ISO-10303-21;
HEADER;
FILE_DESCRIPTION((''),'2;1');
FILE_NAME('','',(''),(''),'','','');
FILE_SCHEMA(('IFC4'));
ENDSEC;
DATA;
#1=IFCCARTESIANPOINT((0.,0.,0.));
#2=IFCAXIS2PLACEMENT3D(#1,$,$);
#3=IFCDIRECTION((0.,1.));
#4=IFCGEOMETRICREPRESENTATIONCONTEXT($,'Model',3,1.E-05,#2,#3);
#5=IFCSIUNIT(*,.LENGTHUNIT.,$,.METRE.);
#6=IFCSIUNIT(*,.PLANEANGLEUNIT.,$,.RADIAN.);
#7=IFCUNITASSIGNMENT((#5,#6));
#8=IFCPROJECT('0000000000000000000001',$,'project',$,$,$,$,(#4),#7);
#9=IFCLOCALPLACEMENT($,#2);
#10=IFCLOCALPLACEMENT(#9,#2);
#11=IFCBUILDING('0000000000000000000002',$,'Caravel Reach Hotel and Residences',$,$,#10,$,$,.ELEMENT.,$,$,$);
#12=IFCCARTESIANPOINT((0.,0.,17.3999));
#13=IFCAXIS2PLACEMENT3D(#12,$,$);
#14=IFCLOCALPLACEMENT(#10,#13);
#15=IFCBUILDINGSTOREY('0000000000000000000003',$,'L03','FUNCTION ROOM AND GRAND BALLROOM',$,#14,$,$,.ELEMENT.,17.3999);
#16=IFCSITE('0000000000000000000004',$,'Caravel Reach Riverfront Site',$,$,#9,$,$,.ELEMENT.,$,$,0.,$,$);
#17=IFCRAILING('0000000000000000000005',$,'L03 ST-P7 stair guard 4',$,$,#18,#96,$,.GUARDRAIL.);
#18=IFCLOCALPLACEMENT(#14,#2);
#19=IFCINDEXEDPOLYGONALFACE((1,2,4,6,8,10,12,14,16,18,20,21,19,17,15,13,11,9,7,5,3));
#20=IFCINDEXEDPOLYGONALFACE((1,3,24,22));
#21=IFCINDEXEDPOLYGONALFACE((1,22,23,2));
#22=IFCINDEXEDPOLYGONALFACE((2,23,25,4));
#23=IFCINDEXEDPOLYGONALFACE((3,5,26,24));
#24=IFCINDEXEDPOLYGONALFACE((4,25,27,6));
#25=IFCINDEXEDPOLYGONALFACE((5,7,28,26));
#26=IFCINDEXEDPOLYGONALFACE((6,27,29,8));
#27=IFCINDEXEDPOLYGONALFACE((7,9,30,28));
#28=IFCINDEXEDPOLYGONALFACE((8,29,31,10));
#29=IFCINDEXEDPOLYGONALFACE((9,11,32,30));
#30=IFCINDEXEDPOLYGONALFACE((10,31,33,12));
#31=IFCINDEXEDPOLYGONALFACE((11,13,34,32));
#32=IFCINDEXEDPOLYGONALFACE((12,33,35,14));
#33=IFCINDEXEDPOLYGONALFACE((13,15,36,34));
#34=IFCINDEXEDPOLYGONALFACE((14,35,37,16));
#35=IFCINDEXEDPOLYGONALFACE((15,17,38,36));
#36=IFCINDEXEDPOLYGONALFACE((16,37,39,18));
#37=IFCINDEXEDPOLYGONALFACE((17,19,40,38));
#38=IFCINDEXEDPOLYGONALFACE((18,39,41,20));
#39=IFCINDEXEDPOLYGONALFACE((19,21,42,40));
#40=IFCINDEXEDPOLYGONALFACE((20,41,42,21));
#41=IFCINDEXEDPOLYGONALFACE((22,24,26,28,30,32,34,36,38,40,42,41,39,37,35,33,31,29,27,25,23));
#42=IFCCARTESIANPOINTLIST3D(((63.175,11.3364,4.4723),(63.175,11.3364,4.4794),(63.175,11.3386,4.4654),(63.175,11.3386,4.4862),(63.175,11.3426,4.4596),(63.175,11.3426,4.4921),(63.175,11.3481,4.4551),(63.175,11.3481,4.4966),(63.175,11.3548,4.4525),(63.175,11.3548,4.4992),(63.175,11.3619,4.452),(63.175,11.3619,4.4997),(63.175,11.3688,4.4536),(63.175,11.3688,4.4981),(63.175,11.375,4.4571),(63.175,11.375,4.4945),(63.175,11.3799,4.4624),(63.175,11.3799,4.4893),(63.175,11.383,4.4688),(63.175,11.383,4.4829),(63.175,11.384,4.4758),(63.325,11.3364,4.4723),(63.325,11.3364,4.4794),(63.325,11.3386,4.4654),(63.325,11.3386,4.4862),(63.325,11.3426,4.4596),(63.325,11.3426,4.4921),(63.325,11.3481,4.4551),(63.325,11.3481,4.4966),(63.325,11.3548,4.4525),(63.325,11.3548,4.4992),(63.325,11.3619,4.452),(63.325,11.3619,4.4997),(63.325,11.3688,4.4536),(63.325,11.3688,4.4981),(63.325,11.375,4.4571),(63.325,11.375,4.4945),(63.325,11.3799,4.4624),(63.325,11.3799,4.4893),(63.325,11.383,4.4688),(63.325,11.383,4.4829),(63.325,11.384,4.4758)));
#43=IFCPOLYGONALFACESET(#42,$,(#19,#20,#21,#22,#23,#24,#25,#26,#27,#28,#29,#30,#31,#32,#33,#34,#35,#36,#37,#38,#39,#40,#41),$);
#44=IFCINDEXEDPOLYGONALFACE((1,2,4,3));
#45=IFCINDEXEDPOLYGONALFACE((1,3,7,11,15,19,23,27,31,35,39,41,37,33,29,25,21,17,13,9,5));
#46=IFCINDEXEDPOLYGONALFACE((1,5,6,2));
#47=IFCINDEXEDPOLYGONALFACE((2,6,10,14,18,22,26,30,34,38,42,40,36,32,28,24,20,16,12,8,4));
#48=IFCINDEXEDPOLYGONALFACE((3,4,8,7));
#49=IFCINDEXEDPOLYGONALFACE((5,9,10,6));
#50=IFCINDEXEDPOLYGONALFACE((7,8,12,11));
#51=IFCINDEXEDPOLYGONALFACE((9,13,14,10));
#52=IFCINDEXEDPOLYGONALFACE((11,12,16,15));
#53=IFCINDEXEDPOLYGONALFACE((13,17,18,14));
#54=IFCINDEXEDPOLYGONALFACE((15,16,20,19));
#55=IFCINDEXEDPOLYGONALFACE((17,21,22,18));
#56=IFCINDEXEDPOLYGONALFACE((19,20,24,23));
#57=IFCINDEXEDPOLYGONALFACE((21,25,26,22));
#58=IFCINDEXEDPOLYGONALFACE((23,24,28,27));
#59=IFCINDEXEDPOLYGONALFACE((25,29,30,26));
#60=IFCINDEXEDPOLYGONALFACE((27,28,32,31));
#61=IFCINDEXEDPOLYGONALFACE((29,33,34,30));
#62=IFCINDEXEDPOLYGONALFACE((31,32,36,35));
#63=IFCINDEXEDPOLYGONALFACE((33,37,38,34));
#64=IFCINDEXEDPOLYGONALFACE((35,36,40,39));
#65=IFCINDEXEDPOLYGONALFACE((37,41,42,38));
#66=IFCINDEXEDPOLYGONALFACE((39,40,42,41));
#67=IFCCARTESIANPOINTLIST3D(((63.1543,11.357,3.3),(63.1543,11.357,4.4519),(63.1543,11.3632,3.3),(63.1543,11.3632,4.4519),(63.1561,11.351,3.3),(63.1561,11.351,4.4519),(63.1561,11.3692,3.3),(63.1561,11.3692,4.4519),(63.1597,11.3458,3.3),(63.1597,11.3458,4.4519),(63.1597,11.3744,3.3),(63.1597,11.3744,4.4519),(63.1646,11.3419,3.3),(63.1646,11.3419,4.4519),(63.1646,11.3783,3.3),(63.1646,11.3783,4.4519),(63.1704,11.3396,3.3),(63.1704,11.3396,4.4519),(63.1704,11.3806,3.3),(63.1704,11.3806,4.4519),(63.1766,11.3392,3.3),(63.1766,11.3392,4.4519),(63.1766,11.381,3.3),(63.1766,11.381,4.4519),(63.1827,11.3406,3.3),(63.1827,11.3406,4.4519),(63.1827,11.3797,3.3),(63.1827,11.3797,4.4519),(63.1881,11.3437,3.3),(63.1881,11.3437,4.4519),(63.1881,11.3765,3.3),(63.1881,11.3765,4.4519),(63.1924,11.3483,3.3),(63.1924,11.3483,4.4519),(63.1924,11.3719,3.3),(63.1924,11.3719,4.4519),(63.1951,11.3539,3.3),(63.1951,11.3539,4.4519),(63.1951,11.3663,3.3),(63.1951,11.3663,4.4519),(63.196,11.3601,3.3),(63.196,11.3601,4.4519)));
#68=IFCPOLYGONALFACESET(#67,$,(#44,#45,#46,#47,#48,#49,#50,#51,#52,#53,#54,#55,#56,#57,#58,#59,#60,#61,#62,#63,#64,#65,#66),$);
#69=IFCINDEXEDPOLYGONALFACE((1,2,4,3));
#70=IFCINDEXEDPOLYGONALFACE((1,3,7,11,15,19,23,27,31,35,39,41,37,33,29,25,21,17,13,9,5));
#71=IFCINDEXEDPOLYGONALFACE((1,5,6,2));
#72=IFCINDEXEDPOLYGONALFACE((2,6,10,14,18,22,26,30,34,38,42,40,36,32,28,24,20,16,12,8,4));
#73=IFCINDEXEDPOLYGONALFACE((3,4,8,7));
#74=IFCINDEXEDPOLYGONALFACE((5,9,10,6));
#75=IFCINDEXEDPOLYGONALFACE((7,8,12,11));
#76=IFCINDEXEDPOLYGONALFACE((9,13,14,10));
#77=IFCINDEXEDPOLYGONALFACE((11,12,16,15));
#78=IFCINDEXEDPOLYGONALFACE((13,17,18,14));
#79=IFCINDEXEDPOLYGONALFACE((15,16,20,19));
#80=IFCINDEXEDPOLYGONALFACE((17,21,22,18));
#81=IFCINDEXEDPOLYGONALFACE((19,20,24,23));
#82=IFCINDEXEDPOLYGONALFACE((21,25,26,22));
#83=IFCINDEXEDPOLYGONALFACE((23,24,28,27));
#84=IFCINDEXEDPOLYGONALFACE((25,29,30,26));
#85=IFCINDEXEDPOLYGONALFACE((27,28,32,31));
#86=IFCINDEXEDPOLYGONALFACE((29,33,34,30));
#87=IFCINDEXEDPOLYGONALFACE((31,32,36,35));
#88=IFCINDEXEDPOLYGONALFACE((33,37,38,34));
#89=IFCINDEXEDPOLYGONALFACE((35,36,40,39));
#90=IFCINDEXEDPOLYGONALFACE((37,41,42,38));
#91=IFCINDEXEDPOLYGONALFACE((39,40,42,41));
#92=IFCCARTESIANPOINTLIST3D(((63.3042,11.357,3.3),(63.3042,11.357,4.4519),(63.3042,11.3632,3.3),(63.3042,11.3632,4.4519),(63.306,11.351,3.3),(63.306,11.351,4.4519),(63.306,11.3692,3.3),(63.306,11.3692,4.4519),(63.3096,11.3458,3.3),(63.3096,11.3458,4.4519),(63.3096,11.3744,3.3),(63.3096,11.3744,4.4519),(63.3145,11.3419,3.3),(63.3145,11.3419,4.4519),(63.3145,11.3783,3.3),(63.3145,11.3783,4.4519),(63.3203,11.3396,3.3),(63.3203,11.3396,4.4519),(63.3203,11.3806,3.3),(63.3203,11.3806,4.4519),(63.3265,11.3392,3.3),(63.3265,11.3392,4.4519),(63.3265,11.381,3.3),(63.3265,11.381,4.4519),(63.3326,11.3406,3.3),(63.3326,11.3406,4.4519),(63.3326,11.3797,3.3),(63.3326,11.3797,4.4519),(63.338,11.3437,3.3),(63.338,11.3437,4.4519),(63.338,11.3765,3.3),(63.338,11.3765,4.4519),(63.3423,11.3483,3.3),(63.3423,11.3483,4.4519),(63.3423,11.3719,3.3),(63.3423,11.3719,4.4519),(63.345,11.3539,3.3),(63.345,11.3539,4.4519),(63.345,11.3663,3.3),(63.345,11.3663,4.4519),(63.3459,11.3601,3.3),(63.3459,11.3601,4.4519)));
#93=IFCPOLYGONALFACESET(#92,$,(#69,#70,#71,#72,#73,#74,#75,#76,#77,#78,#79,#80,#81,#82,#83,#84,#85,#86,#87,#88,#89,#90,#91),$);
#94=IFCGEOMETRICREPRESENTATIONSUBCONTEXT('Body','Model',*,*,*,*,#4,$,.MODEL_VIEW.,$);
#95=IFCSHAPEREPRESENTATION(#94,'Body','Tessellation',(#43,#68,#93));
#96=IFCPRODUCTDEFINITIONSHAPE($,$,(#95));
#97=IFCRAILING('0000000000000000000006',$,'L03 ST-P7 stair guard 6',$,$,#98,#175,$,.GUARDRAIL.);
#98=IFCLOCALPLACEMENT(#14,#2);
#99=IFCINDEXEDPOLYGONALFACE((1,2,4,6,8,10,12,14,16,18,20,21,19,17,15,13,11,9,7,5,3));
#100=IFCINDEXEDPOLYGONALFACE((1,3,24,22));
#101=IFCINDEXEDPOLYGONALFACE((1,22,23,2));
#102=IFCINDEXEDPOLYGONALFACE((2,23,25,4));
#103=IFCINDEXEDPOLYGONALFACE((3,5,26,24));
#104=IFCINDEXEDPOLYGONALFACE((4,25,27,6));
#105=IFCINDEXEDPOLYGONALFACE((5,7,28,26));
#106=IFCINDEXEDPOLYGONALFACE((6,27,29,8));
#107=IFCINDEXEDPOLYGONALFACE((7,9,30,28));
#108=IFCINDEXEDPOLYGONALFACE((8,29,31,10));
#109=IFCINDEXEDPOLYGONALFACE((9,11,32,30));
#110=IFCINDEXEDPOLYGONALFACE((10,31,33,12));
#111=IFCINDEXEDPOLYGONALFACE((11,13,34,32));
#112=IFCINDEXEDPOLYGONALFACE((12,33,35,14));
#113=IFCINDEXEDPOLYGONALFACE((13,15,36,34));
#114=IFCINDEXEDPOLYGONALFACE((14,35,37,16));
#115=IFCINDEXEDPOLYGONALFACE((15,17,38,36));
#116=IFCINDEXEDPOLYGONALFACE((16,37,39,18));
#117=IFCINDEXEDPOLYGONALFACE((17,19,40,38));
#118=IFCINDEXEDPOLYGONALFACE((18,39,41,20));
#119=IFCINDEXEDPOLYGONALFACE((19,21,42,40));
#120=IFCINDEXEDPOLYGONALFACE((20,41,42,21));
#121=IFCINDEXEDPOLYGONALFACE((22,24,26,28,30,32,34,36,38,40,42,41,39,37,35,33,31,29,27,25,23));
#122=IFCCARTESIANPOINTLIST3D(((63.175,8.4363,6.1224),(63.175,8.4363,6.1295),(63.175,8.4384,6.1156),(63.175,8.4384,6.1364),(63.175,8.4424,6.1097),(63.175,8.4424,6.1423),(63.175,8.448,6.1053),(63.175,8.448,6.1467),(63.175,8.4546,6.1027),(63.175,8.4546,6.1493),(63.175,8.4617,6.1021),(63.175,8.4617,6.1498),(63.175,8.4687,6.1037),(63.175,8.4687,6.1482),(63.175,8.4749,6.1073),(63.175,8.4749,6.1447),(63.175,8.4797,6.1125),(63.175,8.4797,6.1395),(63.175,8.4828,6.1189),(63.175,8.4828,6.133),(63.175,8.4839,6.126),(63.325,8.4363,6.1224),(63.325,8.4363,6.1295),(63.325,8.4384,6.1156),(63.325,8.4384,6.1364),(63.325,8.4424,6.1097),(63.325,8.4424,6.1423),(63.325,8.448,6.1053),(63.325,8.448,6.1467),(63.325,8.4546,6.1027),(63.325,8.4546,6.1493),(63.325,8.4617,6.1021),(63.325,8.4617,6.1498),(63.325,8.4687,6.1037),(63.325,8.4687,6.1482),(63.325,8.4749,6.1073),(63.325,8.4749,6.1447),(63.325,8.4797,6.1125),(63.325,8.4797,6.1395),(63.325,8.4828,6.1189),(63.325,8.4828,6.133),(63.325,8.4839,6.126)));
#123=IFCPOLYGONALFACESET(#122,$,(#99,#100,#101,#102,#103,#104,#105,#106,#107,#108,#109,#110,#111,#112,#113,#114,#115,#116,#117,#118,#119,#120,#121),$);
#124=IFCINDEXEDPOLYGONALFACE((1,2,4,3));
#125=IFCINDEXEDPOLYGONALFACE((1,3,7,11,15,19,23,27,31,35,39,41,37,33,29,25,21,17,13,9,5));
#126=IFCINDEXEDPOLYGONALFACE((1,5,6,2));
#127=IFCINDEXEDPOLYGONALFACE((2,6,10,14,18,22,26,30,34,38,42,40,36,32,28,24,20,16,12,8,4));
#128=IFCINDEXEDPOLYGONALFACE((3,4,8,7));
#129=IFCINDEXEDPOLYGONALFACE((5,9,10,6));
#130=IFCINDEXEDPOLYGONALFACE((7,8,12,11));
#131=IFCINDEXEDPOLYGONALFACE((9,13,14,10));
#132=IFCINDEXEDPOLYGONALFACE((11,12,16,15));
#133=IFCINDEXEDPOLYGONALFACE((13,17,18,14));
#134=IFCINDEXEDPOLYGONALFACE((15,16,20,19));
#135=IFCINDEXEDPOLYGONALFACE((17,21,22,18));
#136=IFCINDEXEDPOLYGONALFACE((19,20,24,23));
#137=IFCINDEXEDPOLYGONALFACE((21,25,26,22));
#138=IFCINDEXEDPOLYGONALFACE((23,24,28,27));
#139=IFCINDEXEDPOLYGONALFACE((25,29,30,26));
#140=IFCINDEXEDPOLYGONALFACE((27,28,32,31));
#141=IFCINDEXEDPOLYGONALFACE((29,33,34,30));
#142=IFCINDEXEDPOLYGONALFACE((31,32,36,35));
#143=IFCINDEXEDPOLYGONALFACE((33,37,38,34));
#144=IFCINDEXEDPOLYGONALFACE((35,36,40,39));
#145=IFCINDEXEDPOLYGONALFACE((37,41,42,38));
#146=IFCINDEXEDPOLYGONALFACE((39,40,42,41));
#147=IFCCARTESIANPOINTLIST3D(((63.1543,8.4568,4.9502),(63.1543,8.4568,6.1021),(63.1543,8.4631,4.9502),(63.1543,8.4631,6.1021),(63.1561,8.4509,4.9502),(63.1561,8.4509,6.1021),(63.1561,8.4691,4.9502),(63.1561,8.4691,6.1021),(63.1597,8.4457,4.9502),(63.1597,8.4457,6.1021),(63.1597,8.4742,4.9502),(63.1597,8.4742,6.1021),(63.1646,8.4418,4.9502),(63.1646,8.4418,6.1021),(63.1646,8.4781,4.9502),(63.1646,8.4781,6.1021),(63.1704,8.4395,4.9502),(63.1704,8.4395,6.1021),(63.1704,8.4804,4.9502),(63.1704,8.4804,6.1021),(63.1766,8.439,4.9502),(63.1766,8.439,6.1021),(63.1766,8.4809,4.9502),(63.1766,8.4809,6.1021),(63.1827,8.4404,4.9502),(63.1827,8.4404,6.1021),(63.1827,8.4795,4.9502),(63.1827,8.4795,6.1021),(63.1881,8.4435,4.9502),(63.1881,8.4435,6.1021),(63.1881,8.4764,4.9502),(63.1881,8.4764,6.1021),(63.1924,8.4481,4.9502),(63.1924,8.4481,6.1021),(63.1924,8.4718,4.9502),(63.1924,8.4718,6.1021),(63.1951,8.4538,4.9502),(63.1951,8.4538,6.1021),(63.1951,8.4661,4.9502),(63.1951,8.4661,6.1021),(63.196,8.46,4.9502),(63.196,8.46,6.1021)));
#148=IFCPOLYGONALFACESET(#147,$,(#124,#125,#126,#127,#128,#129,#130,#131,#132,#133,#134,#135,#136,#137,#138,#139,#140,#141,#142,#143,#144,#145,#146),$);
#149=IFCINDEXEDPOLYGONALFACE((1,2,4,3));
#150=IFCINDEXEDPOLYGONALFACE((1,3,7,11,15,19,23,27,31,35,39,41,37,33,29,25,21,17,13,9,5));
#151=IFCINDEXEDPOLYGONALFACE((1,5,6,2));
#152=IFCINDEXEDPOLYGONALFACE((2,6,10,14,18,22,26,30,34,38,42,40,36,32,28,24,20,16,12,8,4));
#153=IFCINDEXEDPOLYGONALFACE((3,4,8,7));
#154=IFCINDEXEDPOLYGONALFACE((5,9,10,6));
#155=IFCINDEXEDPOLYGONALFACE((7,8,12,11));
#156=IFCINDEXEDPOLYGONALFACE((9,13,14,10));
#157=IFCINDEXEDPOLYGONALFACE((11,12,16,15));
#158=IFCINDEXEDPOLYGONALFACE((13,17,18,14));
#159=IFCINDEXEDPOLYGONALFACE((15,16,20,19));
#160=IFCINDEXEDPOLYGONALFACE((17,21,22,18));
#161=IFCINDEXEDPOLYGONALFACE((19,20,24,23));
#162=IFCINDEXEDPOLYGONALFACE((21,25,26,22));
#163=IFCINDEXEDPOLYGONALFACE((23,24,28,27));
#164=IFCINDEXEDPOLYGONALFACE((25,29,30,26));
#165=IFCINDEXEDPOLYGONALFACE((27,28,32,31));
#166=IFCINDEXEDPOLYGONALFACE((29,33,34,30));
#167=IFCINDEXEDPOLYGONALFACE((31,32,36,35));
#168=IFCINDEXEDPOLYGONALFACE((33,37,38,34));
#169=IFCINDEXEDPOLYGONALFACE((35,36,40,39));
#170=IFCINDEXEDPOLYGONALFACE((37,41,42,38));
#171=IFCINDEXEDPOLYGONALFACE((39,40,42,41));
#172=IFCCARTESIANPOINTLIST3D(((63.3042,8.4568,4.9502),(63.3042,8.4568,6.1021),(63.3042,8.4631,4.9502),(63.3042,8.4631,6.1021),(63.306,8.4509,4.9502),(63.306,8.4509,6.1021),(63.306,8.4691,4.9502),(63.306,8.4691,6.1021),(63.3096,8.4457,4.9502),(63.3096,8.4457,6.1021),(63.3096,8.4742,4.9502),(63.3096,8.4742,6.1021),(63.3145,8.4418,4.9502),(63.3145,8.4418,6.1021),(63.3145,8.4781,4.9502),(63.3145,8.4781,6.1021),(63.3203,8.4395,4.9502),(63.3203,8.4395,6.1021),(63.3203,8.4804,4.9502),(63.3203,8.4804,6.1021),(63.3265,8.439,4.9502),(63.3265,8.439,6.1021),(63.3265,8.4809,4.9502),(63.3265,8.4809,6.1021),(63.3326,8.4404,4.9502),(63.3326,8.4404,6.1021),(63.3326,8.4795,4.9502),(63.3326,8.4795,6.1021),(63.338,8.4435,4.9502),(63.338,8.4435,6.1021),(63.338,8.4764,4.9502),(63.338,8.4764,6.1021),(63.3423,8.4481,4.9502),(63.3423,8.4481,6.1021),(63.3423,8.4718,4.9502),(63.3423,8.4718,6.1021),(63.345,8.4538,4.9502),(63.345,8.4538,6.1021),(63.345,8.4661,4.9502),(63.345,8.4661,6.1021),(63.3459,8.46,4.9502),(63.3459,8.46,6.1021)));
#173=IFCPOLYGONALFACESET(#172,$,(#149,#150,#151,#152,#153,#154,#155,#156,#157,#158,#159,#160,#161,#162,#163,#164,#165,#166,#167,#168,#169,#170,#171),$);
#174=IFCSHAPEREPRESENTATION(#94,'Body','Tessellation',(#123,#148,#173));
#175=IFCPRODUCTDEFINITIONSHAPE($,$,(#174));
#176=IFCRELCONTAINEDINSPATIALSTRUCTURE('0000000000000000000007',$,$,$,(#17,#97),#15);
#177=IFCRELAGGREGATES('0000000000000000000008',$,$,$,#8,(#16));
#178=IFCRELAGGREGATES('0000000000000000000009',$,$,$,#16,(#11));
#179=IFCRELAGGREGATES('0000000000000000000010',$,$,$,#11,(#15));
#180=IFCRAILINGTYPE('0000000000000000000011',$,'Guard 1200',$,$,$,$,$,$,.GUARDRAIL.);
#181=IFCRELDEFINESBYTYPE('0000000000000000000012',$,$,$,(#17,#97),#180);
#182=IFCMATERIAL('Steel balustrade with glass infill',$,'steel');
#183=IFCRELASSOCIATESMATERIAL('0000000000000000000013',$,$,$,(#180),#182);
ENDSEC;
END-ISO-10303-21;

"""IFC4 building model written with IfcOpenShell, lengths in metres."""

from ifc_helpers import new_model, si_unit, direction, frame, origin, origin_2d, place, context, subcontext, project, spatial, circle, extrude, material, type_object, element, save


model = new_model("IFC4")

# Units and contexts
model_context = context("Model", 3, precision=1e-05, world=origin(), true_north=direction((0.0, 1.0)))
body_context = subcontext(model_context, "Body", "Model", "MODEL_VIEW")
ifc_project = project(units=[si_unit("LENGTHUNIT", "METRE"), si_unit("PLANEANGLEUNIT", "RADIAN")], contexts=[model_context])

# Site, building, storey
site_placement = place(None, origin())
site = spatial("IfcSite", under=ifc_project, at=site_placement, Name="Caravel Reach Riverfront Site", CompositionType="ELEMENT", RefElevation=0.0)
building_placement = place(site_placement, origin())
building = spatial("IfcBuilding", under=site, at=building_placement, Name="Caravel Reach Hotel and Residences", CompositionType="ELEMENT")
storey_placement = place(building_placement, frame((0.0, 0.0, 17.3999)))
storey = spatial("IfcBuildingStorey", under=building, at=storey_placement, Name="L03", Description="FUNCTION ROOM AND GRAND BALLROOM", CompositionType="ELEMENT", Elevation=17.3999)

# Railings
ifc_material_1 = material(Name="Steel balustrade with glass infill", Category="steel")
railing_type_1 = type_object("IfcRailingType", Name="Guard 1200", PredefinedType="GUARDRAIL", material=ifc_material_1)
for number, where, name in (
    (1, (63.175, 11.3601, 3.3), "L03 ST-P7 stair guard 4"),
    (2, (63.175, 8.46, 4.9502), "L03 ST-P7 stair guard 6"),
):
    element("IfcRailing", number, at=place(storey_placement, frame(where)), inside=storey, type_object=railing_type_1, Name=name, PredefinedType="GUARDRAIL", context=body_context, shape_type="SweptSolid", body=[
        extrude(circle(Radius=0.0239, at=origin_2d()), frame((0.0, 0.0, 1.1758), z_axis=(1.0, 0.0, 0.0), x_axis=(0.0, 1.0, 0.0)), (0.0, 0.0, 1.0), 0.1499),
        extrude(circle(Radius=0.021, at=origin_2d()), origin(), (0.0, 0.0, 1.0), 1.1519),
        extrude(circle(Radius=0.021, at=origin_2d()), frame((0.1499, 0.0, 0.0)), (0.0, 0.0, 1.0), 1.1519),
    ])

save(model, "model.ifc")
